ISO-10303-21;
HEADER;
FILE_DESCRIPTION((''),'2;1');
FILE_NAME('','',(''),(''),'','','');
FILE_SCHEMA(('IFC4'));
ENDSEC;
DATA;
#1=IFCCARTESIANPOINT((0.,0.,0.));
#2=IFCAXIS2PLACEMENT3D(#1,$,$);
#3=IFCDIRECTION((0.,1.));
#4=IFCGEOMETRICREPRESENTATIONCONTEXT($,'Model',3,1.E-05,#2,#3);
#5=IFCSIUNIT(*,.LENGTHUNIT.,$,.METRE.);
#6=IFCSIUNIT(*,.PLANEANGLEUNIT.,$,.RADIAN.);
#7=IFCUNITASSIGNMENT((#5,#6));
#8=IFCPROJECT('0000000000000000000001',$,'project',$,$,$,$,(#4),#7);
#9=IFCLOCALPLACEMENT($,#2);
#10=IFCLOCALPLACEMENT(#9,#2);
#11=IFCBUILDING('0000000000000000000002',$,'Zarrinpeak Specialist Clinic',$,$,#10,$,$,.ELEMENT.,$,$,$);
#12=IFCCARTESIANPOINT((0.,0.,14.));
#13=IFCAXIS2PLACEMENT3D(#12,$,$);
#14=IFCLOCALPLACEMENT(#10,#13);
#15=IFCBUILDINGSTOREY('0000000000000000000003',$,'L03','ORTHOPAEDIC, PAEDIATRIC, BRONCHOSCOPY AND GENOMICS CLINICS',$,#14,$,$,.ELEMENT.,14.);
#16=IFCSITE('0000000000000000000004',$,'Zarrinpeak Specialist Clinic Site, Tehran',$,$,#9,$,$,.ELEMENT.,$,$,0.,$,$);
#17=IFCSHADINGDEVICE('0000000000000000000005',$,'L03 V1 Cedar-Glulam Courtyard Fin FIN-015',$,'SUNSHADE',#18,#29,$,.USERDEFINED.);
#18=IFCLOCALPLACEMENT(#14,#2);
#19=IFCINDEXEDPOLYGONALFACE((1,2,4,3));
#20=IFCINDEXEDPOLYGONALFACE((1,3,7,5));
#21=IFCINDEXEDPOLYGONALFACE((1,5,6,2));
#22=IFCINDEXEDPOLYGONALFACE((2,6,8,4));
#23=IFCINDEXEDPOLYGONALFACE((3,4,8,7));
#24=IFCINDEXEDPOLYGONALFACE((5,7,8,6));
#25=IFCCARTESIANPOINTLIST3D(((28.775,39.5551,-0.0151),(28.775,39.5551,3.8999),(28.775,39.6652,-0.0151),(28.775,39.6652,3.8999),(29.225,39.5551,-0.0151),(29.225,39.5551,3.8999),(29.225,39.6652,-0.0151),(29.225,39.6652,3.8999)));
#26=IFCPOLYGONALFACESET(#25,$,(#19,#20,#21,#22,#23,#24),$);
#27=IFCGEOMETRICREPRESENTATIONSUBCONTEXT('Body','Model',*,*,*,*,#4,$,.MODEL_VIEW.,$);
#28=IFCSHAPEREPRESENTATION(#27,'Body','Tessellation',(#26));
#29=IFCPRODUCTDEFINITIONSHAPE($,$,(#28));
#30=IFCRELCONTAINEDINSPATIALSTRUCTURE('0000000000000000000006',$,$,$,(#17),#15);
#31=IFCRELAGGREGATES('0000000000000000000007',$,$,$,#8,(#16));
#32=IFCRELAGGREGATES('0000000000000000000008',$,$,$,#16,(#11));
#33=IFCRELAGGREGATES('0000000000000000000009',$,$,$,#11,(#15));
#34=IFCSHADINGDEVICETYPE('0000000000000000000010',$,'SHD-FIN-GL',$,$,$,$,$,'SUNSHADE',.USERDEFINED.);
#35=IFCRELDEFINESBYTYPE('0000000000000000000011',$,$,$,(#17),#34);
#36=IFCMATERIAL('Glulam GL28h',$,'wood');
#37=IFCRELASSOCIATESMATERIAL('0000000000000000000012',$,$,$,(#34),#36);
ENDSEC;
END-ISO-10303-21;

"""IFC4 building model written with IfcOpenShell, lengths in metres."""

from ifc_helpers import new_model, si_unit, direction, frame, origin, origin_2d, place, context, subcontext, project, spatial, rectangle, extrude, material, type_object, element, save


model = new_model("IFC4")

# Units and contexts
model_context = context("Model", 3, precision=1e-05, world=origin(), true_north=direction((0.0, 1.0)))
body_context = subcontext(model_context, "Body", "Model", "MODEL_VIEW")
ifc_project = project(units=[si_unit("LENGTHUNIT", "METRE"), si_unit("PLANEANGLEUNIT", "RADIAN")], contexts=[model_context])

# Site, building, storey
site_placement = place(None, origin())
site = spatial("IfcSite", under=ifc_project, at=site_placement, Name="Zarrinpeak Specialist Clinic Site, Tehran", CompositionType="ELEMENT", RefElevation=0.0)
building_placement = place(site_placement, origin())
building = spatial("IfcBuilding", under=site, at=building_placement, Name="Zarrinpeak Specialist Clinic", CompositionType="ELEMENT")
storey_placement = place(building_placement, frame((0.0, 0.0, 14.0)))
storey = spatial("IfcBuildingStorey", under=building, at=storey_placement, Name="L03", Description="ORTHOPAEDIC, PAEDIATRIC, BRONCHOSCOPY AND GENOMICS CLINICS", CompositionType="ELEMENT", Elevation=14.0)

# Shading device
ifc_material_1 = material(Name="Glulam GL28h", Category="wood")
shading_device_type = type_object("IfcShadingDeviceType", Name="SHD-FIN-GL", ElementType="SUNSHADE", PredefinedType="USERDEFINED", material=ifc_material_1)
shading_device_placement = place(storey_placement, frame((29.0, 39.6101, -0.0151), z_axis=(0.0, 0.0, 1.0), x_axis=(1.0, 0.0, 0.0)))
element("IfcShadingDevice", 1, at=shading_device_placement, inside=storey, type_object=shading_device_type, Name="L03 V1 Cedar-Glulam Courtyard Fin FIN-015", ObjectType="SUNSHADE", PredefinedType="USERDEFINED", context=body_context, shape_type="SweptSolid", body=[
    extrude(rectangle(XDim=0.45, YDim=0.1101, at=origin_2d()), origin(), (0.0, 0.0, 1.0), 3.915),
])

save(model, "model.ifc")
